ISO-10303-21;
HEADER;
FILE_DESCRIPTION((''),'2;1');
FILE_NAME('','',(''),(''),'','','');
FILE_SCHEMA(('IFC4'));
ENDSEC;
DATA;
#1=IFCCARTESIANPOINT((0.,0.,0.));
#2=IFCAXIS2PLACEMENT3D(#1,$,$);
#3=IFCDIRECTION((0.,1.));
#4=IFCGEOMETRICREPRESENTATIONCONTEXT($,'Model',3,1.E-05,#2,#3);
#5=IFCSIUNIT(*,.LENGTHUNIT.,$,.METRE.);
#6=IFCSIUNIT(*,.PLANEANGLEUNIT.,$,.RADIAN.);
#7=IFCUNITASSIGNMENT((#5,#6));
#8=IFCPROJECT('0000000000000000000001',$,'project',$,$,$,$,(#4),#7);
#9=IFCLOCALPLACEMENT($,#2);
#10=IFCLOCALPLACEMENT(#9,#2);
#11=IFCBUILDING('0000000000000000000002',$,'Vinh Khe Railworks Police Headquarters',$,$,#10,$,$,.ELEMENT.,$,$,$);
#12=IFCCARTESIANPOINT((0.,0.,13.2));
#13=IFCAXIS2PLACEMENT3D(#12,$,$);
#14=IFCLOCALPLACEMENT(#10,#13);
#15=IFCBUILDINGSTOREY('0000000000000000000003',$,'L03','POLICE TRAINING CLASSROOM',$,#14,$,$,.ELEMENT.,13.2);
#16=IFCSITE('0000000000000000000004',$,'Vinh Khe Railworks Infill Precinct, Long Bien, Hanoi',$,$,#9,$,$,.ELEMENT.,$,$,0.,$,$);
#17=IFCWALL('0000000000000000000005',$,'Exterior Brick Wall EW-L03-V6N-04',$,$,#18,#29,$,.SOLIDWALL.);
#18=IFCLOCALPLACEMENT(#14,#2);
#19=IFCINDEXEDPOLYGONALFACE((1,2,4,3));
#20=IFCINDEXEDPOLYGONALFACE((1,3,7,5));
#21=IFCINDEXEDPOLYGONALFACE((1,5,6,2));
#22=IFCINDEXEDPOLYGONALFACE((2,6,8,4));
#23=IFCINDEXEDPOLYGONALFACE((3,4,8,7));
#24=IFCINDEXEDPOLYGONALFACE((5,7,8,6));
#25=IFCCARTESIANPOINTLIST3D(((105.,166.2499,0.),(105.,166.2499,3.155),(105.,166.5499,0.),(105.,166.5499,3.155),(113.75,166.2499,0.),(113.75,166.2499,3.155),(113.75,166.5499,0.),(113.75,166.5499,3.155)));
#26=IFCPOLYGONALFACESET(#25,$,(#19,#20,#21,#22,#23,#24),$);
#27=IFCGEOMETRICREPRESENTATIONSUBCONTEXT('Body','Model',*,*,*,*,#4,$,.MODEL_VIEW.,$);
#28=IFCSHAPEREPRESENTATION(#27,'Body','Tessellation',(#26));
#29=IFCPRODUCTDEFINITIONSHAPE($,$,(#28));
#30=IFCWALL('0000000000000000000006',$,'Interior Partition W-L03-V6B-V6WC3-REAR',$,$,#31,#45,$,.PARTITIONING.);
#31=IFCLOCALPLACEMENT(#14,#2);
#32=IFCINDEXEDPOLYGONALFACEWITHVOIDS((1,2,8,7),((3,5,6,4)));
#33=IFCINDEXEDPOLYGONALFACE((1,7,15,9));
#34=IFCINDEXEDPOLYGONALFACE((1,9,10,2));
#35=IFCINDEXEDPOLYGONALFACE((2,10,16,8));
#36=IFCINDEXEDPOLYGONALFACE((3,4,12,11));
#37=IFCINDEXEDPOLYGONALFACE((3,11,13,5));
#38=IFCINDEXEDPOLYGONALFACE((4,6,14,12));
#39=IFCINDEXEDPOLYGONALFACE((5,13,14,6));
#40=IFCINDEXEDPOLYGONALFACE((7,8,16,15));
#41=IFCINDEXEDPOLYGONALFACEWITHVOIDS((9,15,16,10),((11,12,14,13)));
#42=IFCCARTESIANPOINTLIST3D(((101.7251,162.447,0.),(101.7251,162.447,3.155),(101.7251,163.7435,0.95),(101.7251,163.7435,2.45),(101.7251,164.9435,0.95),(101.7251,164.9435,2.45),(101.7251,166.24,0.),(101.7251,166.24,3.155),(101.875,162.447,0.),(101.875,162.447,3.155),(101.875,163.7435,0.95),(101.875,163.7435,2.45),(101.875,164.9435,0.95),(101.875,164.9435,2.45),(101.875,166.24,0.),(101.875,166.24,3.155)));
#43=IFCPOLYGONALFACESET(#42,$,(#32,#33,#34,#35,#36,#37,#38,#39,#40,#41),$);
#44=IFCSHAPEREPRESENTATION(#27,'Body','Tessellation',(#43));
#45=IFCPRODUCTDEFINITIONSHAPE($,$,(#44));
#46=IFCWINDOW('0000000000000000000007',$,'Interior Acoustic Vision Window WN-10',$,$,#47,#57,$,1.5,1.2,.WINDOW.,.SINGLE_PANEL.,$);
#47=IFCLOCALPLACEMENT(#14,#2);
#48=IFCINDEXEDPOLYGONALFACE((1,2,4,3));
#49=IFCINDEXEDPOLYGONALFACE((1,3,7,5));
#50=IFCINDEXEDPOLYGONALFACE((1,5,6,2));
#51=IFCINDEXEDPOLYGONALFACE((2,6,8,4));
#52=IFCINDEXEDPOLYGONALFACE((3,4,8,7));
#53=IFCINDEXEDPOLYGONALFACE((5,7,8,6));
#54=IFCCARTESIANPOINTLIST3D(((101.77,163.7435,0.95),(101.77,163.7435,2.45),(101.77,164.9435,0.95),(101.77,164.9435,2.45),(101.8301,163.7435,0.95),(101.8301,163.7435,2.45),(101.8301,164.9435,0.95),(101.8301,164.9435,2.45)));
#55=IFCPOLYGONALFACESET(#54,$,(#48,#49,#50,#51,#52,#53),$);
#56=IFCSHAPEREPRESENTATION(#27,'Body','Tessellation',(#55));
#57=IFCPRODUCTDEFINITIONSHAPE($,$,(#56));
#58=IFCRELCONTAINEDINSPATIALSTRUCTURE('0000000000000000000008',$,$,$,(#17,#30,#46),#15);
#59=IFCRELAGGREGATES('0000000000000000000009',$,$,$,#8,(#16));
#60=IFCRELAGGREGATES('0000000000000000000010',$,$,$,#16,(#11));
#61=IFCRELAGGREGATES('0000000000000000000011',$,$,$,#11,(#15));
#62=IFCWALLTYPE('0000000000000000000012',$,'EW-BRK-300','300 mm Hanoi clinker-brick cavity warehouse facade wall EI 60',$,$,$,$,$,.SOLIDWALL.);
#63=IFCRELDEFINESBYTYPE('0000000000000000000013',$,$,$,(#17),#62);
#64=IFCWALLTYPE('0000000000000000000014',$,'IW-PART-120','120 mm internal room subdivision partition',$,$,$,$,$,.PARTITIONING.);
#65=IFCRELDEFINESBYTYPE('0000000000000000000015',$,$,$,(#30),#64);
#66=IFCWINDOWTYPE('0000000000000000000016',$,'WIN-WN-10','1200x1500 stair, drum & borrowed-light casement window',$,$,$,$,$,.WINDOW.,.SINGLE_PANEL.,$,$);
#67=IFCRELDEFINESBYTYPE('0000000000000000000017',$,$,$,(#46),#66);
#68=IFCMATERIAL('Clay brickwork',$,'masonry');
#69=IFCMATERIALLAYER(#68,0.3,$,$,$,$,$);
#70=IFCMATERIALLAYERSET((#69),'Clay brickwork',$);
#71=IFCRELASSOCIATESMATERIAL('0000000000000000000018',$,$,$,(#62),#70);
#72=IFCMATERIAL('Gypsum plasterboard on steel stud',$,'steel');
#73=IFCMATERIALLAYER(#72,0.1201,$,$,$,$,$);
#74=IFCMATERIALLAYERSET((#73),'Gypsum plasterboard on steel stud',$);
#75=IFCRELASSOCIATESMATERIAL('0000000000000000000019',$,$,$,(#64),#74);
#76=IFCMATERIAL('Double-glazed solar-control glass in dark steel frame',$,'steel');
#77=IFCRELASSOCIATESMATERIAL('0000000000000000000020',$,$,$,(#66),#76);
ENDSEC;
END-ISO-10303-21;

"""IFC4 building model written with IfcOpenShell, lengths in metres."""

from ifc_helpers import new_model, si_unit, direction, frame, frame_2d, origin, place, context, subcontext, project, spatial, rectangle, extrude, material, layer, layer_set, type_object, element, fill, save


model = new_model("IFC4")

# Units and contexts
model_context = context("Model", 3, precision=1e-05, world=origin(), true_north=direction((0.0, 1.0)))
body_context = subcontext(model_context, "Body", "Model", "MODEL_VIEW")
ifc_project = project(units=[si_unit("LENGTHUNIT", "METRE"), si_unit("PLANEANGLEUNIT", "RADIAN")], contexts=[model_context])

# Site, building, storey
site_placement = place(None, origin())
site = spatial("IfcSite", under=ifc_project, at=site_placement, Name="Vinh Khe Railworks Infill Precinct, Long Bien, Hanoi", CompositionType="ELEMENT", RefElevation=0.0)
building_placement = place(site_placement, origin())
building = spatial("IfcBuilding", under=site, at=building_placement, Name="Vinh Khe Railworks Police Headquarters", CompositionType="ELEMENT")
storey_placement = place(building_placement, frame((0.0, 0.0, 13.2)))
storey = spatial("IfcBuildingStorey", under=building, at=storey_placement, Name="L03", Description="POLICE TRAINING CLASSROOM", CompositionType="ELEMENT", Elevation=13.2)

# Shared definitions
ifc_material_1 = material(Name="Clay brickwork", Category="masonry")
ifc_layer_1 = layer(ifc_material_1, 0.3)
ifc_layer_set_1 = layer_set([ifc_layer_1], Name="Clay brickwork")
wall_type_1 = type_object("IfcWallType", Name="EW-BRK-300", Description="300 mm Hanoi clinker-brick cavity warehouse facade wall EI 60", PredefinedType="SOLIDWALL", material=ifc_layer_set_1)
ifc_material_2 = material(Name="Double-glazed solar-control glass in dark steel frame", Category="steel")

# Wall
wall_1_placement = place(storey_placement, frame((105.0, 166.3999, 0.0), z_axis=(0.0, 0.0, 1.0), x_axis=(1.0, 0.0, 0.0)))
element("IfcWall", 1, at=wall_1_placement, inside=storey, type_object=wall_type_1, Name="Exterior Brick Wall EW-L03-V6N-04", PredefinedType="SOLIDWALL", context=body_context, shape_type="SweptSolid", body=[
    extrude(rectangle(XDim=8.75, YDim=0.3, at=frame_2d((4.375, 0.0))), origin(), (0.0, 0.0, 1.0), 3.155),
])

# Wall, opening, window
ifc_material_3 = material(Name="Gypsum plasterboard on steel stud", Category="steel")
ifc_layer_2 = layer(ifc_material_3, 0.1201)
ifc_layer_set_2 = layer_set([ifc_layer_2], Name="Gypsum plasterboard on steel stud")
wall_type_2 = type_object("IfcWallType", Name="IW-PART-120", Description="120 mm internal room subdivision partition", PredefinedType="PARTITIONING", material=ifc_layer_set_2)
wall_2_placement = place(storey_placement, frame((101.8, 162.447, 0.0), z_axis=(0.0, 0.0, 1.0), x_axis=(0.0, 1.0, 0.0)))
wall_2 = element("IfcWall", 2, at=wall_2_placement, inside=storey, type_object=wall_type_2, Name="Interior Partition W-L03-V6B-V6WC3-REAR", PredefinedType="PARTITIONING", context=body_context, shape_type="SweptSolid", body=[
    extrude(rectangle(XDim=3.793, YDim=0.1499, at=frame_2d((1.8965, 0.0))), origin(), (0.0, 0.0, 1.0), 3.155),
])
opening_1_placement = place(wall_2_placement, frame((1.2964, 0.0, 0.95)))
opening_1 = element("IfcOpeningElement", 3, at=opening_1_placement, cuts=wall_2, PredefinedType="OPENING", context=body_context, shape_type="SweptSolid", body=[
    extrude(rectangle(XDim=1.2, YDim=1.5, at=frame_2d((0.6001, 0.75))), frame((0.0, 0.0898, 0.0), z_axis=(0.0, -1.0, 0.0), x_axis=(1.0, 0.0, 0.0)), (0.0, 0.0, 1.0), 0.1797),
])
window_type_1 = type_object("IfcWindowType", Name="WIN-WN-10", Description="1200x1500 stair, drum & borrowed-light casement window", PartitioningType="SINGLE_PANEL", PredefinedType="WINDOW", material=ifc_material_2)
window_1_placement = place(opening_1_placement, origin())
window_1 = element("IfcWindow", 4, at=window_1_placement, inside=storey, type_object=window_type_1, Name="Interior Acoustic Vision Window WN-10", OverallHeight=1.5, OverallWidth=1.2, PartitioningType="SINGLE_PANEL", PredefinedType="WINDOW", context=body_context, shape_type="SweptSolid", body=[
    extrude(rectangle(XDim=1.2, YDim=1.5, at=frame_2d((0.6001, 0.75))), frame((0.0, 0.03, 0.0), z_axis=(0.0, -1.0, 0.0), x_axis=(1.0, 0.0, 0.0)), (0.0, 0.0, 1.0), 0.0601),
])
fill(opening_1, window_1)

save(model, "model.ifc")
